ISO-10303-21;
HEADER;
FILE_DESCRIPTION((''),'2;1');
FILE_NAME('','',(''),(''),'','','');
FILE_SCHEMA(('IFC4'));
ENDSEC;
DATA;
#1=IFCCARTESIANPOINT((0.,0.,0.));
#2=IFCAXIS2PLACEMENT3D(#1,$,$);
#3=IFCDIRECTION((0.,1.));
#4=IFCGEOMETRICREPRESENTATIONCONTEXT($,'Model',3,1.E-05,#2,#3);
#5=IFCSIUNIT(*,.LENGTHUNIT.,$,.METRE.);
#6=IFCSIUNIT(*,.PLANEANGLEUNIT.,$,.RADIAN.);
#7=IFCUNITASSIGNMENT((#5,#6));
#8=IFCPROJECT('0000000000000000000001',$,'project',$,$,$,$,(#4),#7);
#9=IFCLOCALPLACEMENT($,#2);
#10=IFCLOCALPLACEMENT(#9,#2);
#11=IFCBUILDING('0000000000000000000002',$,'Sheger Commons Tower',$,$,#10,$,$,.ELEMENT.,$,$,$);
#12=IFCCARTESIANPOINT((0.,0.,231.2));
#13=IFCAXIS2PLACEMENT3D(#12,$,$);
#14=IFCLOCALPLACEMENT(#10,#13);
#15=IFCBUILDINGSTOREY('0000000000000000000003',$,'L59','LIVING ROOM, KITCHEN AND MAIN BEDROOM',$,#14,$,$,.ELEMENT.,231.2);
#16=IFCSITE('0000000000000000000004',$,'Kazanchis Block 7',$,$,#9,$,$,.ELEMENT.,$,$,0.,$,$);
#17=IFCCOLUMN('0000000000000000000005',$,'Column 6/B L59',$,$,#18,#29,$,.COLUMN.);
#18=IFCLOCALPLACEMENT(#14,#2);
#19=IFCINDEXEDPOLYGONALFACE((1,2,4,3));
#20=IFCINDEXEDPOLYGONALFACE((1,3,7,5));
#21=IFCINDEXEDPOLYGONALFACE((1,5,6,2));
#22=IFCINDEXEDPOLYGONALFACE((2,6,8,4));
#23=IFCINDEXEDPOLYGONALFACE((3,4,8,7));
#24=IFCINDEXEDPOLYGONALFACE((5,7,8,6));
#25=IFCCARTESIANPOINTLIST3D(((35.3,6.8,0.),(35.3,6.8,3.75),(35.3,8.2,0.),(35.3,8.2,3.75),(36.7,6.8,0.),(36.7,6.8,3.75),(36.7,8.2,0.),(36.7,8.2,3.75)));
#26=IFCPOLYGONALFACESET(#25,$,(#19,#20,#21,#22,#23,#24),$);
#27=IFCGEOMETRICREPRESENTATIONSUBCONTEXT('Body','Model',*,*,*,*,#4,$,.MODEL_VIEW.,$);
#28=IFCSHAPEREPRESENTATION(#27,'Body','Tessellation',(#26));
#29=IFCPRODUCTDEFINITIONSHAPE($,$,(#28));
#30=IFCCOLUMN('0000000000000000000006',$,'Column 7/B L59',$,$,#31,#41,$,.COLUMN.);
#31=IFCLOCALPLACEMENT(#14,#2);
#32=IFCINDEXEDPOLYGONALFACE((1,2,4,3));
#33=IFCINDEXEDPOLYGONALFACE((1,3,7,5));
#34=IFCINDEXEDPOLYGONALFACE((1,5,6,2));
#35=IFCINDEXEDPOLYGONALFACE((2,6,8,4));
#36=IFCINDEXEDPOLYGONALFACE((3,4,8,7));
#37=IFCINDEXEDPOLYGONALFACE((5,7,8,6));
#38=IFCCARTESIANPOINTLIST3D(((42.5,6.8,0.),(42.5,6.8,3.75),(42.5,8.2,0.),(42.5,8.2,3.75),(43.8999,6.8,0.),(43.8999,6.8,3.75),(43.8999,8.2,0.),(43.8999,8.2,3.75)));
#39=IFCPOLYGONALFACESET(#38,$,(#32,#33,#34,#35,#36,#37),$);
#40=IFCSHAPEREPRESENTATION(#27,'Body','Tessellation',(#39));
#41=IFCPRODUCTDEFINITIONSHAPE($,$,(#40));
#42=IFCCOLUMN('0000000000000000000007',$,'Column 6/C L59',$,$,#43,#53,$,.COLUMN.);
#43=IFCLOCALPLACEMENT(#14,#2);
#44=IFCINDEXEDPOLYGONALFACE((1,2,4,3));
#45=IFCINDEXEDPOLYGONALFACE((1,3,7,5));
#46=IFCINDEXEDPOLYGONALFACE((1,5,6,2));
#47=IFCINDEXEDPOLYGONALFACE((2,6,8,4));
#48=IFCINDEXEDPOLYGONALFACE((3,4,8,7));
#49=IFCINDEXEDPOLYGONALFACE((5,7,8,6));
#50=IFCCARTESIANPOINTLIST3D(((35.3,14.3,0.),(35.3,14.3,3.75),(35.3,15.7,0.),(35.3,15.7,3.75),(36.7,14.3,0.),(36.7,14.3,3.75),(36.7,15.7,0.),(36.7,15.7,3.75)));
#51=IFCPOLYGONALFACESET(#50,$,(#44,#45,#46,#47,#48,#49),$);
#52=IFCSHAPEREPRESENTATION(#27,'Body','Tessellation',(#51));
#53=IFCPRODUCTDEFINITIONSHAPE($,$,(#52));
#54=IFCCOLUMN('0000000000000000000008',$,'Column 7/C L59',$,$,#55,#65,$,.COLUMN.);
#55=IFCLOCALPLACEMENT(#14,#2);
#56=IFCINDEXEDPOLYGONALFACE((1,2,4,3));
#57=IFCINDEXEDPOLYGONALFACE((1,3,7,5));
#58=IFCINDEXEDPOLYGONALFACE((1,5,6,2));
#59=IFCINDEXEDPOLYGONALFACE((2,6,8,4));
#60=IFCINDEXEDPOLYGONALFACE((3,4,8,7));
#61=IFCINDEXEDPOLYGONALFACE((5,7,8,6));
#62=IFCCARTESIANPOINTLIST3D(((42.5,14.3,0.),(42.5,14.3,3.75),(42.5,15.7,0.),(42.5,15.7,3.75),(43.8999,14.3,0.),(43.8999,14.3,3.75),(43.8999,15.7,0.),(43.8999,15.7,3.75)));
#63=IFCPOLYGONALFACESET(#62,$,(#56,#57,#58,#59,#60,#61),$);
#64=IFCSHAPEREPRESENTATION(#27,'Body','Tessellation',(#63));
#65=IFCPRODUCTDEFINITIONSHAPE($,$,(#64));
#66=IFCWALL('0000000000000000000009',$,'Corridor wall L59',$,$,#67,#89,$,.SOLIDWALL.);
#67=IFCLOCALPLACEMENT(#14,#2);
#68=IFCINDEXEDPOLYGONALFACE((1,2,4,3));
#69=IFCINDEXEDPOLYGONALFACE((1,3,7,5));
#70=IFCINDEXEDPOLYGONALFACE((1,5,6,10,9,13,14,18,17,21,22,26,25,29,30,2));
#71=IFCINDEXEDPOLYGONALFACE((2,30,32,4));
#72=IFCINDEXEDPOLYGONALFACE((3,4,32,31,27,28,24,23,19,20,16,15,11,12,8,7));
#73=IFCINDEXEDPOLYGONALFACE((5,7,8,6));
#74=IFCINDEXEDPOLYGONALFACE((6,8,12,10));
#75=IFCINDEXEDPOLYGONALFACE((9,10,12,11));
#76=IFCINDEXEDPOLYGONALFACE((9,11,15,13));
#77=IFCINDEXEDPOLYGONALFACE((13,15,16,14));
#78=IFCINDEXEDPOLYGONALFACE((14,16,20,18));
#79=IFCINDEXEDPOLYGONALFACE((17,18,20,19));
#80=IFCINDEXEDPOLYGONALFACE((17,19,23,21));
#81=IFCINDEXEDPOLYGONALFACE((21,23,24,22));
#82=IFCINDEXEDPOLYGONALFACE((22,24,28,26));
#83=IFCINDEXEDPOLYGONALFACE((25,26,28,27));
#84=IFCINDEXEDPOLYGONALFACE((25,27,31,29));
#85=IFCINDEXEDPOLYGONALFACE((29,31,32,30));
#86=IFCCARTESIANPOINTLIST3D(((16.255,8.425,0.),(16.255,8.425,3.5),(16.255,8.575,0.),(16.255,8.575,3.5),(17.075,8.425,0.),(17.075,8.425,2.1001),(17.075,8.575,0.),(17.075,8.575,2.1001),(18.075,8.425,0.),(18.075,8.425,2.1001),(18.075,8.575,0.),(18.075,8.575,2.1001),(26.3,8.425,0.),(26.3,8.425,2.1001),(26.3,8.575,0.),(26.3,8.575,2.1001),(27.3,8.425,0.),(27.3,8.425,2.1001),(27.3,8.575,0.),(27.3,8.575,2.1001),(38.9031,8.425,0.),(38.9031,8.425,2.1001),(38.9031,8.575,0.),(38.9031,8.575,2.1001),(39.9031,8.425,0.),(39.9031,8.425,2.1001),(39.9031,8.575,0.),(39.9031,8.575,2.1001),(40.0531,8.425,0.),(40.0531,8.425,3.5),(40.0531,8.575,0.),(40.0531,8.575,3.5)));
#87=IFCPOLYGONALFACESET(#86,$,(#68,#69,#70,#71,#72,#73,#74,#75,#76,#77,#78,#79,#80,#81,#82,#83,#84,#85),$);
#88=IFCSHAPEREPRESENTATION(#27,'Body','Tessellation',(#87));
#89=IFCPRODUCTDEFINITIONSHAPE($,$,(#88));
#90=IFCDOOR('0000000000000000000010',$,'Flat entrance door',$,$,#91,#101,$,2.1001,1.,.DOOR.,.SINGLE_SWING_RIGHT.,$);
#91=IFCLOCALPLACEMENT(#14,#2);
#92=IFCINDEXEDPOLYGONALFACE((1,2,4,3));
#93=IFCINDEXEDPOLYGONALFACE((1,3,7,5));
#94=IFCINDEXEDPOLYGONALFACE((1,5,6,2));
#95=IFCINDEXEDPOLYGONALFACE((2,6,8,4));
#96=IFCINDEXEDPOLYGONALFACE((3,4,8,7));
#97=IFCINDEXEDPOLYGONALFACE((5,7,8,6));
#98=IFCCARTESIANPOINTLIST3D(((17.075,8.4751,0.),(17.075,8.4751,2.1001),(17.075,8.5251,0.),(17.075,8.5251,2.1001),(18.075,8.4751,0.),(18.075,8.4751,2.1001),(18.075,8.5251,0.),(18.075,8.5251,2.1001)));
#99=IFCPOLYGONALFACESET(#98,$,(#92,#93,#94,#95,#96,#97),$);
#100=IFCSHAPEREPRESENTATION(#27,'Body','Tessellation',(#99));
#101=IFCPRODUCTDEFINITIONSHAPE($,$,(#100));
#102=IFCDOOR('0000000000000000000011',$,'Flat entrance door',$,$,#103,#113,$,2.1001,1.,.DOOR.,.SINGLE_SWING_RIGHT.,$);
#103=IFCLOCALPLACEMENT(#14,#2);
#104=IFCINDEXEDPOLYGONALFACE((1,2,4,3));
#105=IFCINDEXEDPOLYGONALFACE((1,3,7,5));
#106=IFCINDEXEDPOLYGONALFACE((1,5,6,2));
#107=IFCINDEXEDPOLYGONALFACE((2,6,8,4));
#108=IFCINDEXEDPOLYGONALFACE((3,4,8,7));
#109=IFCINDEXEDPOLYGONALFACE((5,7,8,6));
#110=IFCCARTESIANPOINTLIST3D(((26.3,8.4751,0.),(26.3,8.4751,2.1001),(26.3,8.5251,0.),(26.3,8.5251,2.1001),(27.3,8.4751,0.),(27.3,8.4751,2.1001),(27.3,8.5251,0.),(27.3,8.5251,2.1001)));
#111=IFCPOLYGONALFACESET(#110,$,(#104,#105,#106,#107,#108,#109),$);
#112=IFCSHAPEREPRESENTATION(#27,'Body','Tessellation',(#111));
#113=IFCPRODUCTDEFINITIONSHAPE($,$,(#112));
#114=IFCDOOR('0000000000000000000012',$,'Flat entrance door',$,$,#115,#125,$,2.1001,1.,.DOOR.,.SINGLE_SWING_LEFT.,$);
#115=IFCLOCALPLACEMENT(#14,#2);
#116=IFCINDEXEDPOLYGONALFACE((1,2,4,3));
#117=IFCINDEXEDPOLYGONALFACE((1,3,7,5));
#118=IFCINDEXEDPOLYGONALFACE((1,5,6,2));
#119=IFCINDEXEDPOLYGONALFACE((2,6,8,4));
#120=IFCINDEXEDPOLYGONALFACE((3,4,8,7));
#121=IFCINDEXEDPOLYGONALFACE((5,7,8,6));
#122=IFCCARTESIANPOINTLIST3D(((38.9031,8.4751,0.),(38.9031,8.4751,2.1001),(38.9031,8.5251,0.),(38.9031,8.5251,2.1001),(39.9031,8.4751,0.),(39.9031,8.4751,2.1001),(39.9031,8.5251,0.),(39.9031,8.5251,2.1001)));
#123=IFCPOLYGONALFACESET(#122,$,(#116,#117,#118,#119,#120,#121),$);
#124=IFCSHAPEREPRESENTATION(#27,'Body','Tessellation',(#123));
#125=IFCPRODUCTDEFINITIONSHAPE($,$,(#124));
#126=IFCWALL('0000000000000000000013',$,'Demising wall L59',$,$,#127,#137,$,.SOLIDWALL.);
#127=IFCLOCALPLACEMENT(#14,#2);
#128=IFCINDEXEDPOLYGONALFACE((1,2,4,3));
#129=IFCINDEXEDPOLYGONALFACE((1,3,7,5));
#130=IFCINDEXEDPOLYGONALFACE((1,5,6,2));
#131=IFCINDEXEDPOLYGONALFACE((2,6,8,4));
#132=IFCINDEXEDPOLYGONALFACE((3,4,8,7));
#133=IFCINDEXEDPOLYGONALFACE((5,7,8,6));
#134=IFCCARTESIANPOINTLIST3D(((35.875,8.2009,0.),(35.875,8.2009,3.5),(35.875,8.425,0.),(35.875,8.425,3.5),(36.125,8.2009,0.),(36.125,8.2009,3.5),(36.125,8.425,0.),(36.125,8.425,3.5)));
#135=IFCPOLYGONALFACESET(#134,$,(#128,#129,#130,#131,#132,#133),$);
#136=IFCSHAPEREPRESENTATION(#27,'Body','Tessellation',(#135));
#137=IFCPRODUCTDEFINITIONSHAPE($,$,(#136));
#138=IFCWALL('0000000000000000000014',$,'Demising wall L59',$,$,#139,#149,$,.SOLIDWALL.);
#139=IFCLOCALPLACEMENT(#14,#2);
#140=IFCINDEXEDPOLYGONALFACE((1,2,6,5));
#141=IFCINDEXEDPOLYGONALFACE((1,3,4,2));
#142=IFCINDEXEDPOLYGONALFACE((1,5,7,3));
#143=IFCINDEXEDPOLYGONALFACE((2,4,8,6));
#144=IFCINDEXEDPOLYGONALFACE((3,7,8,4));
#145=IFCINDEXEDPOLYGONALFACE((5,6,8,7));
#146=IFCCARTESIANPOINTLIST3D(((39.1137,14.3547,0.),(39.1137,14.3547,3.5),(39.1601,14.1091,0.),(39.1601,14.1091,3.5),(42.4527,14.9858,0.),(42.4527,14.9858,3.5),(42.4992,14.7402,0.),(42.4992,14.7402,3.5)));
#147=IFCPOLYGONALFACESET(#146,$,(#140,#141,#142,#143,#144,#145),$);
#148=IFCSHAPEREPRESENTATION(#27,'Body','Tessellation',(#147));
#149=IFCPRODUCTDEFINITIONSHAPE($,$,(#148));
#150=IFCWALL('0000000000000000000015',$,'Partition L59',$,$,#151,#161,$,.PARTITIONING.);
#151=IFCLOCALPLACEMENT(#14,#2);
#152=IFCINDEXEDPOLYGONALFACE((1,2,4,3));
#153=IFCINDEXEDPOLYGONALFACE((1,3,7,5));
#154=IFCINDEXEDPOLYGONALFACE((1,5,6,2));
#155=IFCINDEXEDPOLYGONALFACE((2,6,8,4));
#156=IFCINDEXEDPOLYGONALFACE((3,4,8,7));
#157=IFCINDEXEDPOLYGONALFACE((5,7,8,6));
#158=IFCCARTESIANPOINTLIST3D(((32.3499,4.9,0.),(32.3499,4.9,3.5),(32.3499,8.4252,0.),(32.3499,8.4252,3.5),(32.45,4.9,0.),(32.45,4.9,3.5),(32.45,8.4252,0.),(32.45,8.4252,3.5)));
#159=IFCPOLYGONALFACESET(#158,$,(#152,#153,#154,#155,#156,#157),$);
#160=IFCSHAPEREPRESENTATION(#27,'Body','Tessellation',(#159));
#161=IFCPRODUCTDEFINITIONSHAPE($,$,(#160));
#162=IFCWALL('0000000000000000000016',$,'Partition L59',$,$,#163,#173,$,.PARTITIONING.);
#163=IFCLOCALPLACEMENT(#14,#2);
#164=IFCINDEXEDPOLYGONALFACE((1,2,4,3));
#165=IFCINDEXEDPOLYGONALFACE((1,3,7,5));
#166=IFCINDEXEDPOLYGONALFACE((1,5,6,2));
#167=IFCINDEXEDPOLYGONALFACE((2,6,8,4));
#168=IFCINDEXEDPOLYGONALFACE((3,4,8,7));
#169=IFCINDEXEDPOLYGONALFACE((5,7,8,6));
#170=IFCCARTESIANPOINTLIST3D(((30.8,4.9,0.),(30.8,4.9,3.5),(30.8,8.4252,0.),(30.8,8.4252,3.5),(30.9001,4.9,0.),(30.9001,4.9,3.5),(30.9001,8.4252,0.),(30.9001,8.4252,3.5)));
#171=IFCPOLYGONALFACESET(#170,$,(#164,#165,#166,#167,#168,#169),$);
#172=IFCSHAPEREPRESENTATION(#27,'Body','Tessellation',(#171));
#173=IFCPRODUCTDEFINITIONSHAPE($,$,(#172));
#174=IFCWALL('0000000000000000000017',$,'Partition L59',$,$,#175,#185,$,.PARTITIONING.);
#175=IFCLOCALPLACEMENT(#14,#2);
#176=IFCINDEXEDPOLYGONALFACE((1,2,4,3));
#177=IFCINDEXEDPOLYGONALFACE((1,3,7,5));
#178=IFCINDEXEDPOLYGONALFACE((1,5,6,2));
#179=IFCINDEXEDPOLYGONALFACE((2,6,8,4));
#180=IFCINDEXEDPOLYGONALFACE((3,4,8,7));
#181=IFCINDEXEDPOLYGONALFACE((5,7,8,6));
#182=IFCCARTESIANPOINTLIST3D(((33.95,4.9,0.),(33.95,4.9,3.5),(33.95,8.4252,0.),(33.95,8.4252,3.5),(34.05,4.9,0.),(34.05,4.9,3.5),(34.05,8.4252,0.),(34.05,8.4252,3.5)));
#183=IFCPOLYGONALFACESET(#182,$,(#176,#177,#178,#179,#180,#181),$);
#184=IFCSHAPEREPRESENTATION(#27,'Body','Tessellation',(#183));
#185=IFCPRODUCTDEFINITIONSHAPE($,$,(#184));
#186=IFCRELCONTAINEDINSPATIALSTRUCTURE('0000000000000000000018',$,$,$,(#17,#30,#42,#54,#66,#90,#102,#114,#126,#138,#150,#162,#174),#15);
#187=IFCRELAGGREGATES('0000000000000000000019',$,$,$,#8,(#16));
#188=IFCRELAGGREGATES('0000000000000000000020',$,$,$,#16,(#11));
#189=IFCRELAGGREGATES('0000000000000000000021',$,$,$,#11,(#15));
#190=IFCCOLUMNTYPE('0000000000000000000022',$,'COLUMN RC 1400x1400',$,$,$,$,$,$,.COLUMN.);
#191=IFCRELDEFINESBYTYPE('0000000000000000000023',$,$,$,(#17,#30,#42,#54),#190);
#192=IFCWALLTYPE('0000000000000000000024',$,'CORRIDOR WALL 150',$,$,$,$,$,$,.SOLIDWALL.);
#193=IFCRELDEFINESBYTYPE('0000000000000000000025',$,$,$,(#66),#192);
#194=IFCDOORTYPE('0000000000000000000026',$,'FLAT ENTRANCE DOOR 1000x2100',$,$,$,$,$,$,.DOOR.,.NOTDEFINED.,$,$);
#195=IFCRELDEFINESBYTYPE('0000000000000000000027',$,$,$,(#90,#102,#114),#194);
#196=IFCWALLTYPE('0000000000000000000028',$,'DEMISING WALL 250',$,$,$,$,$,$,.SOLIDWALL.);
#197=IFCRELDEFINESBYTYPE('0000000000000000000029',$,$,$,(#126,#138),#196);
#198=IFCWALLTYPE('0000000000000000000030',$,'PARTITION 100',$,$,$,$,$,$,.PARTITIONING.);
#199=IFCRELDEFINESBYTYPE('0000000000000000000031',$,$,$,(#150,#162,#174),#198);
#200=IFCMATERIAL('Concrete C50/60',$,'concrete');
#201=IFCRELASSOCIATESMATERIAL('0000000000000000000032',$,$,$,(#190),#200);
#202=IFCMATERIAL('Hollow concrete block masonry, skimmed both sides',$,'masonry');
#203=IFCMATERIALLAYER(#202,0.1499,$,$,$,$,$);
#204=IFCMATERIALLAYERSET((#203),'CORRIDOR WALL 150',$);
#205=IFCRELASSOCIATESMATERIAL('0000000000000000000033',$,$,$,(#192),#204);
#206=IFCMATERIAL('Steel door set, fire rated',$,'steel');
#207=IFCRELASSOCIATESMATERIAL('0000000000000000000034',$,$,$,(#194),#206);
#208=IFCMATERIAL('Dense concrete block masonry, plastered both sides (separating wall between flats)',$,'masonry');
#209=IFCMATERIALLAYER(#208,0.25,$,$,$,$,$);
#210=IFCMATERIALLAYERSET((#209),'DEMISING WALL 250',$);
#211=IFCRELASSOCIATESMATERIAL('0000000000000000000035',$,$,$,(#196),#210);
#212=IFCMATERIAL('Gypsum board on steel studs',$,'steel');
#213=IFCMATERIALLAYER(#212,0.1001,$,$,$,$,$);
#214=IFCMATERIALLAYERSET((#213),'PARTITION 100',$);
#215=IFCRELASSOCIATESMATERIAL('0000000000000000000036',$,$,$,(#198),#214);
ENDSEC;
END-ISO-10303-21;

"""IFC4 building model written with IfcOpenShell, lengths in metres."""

from ifc_helpers import new_model, si_unit, direction, frame, frame_2d, origin, origin_2d, place, context, subcontext, project, spatial, rectangle, extrude, material, layer, layer_set, material_profile, profile_set, type_object, element, fill, save


model = new_model("IFC4")

# Units and contexts
model_context = context("Model", 3, precision=1e-05, world=origin(), true_north=direction((0.0, 1.0)))
body_context = subcontext(model_context, "Body", "Model", "MODEL_VIEW")
ifc_project = project(units=[si_unit("LENGTHUNIT", "METRE"), si_unit("PLANEANGLEUNIT", "RADIAN")], contexts=[model_context])

# Site, building, storey
site_placement = place(None, origin())
site = spatial("IfcSite", under=ifc_project, at=site_placement, Name="Kazanchis Block 7", CompositionType="ELEMENT", RefElevation=0.0)
building_placement = place(site_placement, origin())
building = spatial("IfcBuilding", under=site, at=building_placement, Name="Sheger Commons Tower", CompositionType="ELEMENT")
storey_placement = place(building_placement, frame((0.0, 0.0, 231.2)))
storey = spatial("IfcBuildingStorey", under=building, at=storey_placement, Name="L59", Description="LIVING ROOM, KITCHEN AND MAIN BEDROOM", CompositionType="ELEMENT", Elevation=231.2)

# Columns
ifc_material_1 = material(Name="Concrete C50/60", Category="concrete")
ifc_material_profile = material_profile(ifc_material_1, rectangle(XDim=1.3999, YDim=1.3999, at=origin_2d()), Name="RC 1400x1400")
ifc_profile_set = profile_set([ifc_material_profile], Name="Concrete C50/60")
column_type = type_object("IfcColumnType", Name="COLUMN RC 1400x1400", PredefinedType="COLUMN", material=ifc_profile_set)
for number, where, z_axis, x_axis, name in (
    (1, (36.0, 7.5, 0.0), (0.0, 0.0, 1.0), (1.0, 0.0, 0.0), "Column 6/B L59"),
    (2, (43.2, 7.5, 0.0), (0.0, 0.0, 1.0), (1.0, 0.0, 0.0), "Column 7/B L59"),
    (3, (36.0, 15.0, 0.0), (0.0, 0.0, 1.0), (1.0, 0.0, 0.0), "Column 6/C L59"),
    (4, (43.2, 15.0, 0.0), (0.0, 0.0, 1.0), (1.0, 0.0, 0.0), "Column 7/C L59"),
):
    element("IfcColumn", number, at=place(storey_placement, frame(where, z_axis=z_axis, x_axis=x_axis)), inside=storey, type_object=column_type, Name=name, PredefinedType="COLUMN", context=body_context, shape_type="SweptSolid", body=[
        extrude(rectangle(XDim=1.3999, YDim=1.3999, at=origin_2d()), origin(), (0.0, 0.0, 1.0), 3.75),
    ])

# Wall, openings, doors
ifc_material_2 = material(Name="Hollow concrete block masonry, skimmed both sides", Category="masonry")
ifc_layer_1 = layer(ifc_material_2, 0.1499)
ifc_layer_set_1 = layer_set([ifc_layer_1], Name="CORRIDOR WALL 150")
wall_type_1 = type_object("IfcWallType", Name="CORRIDOR WALL 150", PredefinedType="SOLIDWALL", material=ifc_layer_set_1)
wall_1_placement = place(storey_placement, frame((40.053, 8.5, 0.0), z_axis=(0.0, 0.0, 1.0), x_axis=(-1.0, 0.0, 0.0)))
wall_1 = element("IfcWall", 5, at=wall_1_placement, inside=storey, type_object=wall_type_1, Name="Corridor wall L59", PredefinedType="SOLIDWALL", context=body_context, shape_type="SweptSolid", body=[
    extrude(rectangle(XDim=23.7981, YDim=0.1499, at=frame_2d((11.8989, 0.0))), origin(), (0.0, 0.0, 1.0), 3.5),
])
opening_1_placement = place(wall_1_placement, frame((21.978, 0.0, 0.0)))
opening_1 = element("IfcOpeningElement", 6, at=opening_1_placement, cuts=wall_1, PredefinedType="OPENING", context=body_context, shape_type="SweptSolid", body=[
    extrude(rectangle(XDim=1.0, YDim=2.1001, at=frame_2d((0.5, 1.05))), frame((0.0, 0.085, 0.0), z_axis=(0.0, -1.0, 0.0), x_axis=(1.0, 0.0, 0.0)), (0.0, 0.0, 1.0), 0.1699),
])
opening_2_placement = place(wall_1_placement, frame((12.7529, 0.0, 0.0)))
opening_2 = element("IfcOpeningElement", 7, at=opening_2_placement, cuts=wall_1, PredefinedType="OPENING", context=body_context, shape_type="SweptSolid", body=[
    extrude(rectangle(XDim=1.0, YDim=2.1001, at=frame_2d((0.5, 1.05))), frame((0.0, 0.085, 0.0), z_axis=(0.0, -1.0, 0.0), x_axis=(1.0, 0.0, 0.0)), (0.0, 0.0, 1.0), 0.1699),
])
opening_3_placement = place(wall_1_placement, frame((0.1499, 0.0, 0.0)))
opening_3 = element("IfcOpeningElement", 8, at=opening_3_placement, cuts=wall_1, PredefinedType="OPENING", context=body_context, shape_type="SweptSolid", body=[
    extrude(rectangle(XDim=1.0, YDim=2.1001, at=frame_2d((0.5, 1.05))), frame((0.0, 0.085, 0.0), z_axis=(0.0, -1.0, 0.0), x_axis=(1.0, 0.0, 0.0)), (0.0, 0.0, 1.0), 0.1699),
])
ifc_material_3 = material(Name="Steel door set, fire rated", Category="steel")
door_type_1 = type_object("IfcDoorType", Name="FLAT ENTRANCE DOOR 1000x2100", OperationType="NOTDEFINED", PredefinedType="DOOR", material=ifc_material_3)
door_1_placement = place(opening_1_placement, origin())
door_1 = element("IfcDoor", 9, at=door_1_placement, inside=storey, type_object=door_type_1, Name="Flat entrance door", OperationType="SINGLE_SWING_RIGHT", OverallHeight=2.1001, OverallWidth=1.0, PredefinedType="DOOR", context=body_context, shape_type="SweptSolid", body=[
    extrude(rectangle(XDim=1.0, YDim=2.1001, at=frame_2d((0.5, 1.05))), frame((0.0, 0.0249, 0.0), z_axis=(0.0, -1.0, 0.0), x_axis=(1.0, 0.0, 0.0)), (0.0, 0.0, 1.0), 0.05),
])
fill(opening_1, door_1)
door_2_placement = place(opening_2_placement, origin())
door_2 = element("IfcDoor", 10, at=door_2_placement, inside=storey, type_object=door_type_1, Name="Flat entrance door", OperationType="SINGLE_SWING_RIGHT", OverallHeight=2.1001, OverallWidth=1.0, PredefinedType="DOOR", context=body_context, shape_type="SweptSolid", body=[
    extrude(rectangle(XDim=1.0, YDim=2.1001, at=frame_2d((0.5, 1.05))), frame((0.0, 0.0249, 0.0), z_axis=(0.0, -1.0, 0.0), x_axis=(1.0, 0.0, 0.0)), (0.0, 0.0, 1.0), 0.05),
])
fill(opening_2, door_2)
door_3_placement = place(opening_3_placement, origin())
door_3 = element("IfcDoor", 11, at=door_3_placement, inside=storey, type_object=door_type_1, Name="Flat entrance door", OperationType="SINGLE_SWING_LEFT", OverallHeight=2.1001, OverallWidth=1.0, PredefinedType="DOOR", context=body_context, shape_type="SweptSolid", body=[
    extrude(rectangle(XDim=1.0, YDim=2.1001, at=frame_2d((0.5, 1.05))), frame((0.0, 0.0249, 0.0), z_axis=(0.0, -1.0, 0.0), x_axis=(1.0, 0.0, 0.0)), (0.0, 0.0, 1.0), 0.05),
])
fill(opening_3, door_3)

# Walls
ifc_material_4 = material(Name="Dense concrete block masonry, plastered both sides (separating wall between flats)", Category="masonry")
ifc_layer_2 = layer(ifc_material_4, 0.25)
ifc_layer_set_2 = layer_set([ifc_layer_2], Name="DEMISING WALL 250")
wall_type_2 = type_object("IfcWallType", Name="DEMISING WALL 250", PredefinedType="SOLIDWALL", material=ifc_layer_set_2)
wall_2_placement = place(storey_placement, frame((36.0, 8.2009, 0.0), z_axis=(0.0, 0.0, 1.0), x_axis=(0.0, 1.0, 0.0)))
element("IfcWall", 12, at=wall_2_placement, inside=storey, type_object=wall_type_2, Name="Demising wall L59", PredefinedType="SOLIDWALL", context=body_context, shape_type="SweptSolid", body=[
    extrude(rectangle(XDim=0.2241, YDim=0.25, at=frame_2d((0.1121, 0.0))), origin(), (0.0, 0.0, 1.0), 3.5),
])
wall_3_placement = place(storey_placement, frame((42.4761, 14.863, 0.0), z_axis=(0.0, 0.0, 1.0), x_axis=(-0.982604, -0.185715, 0.0)))
element("IfcWall", 13, at=wall_3_placement, inside=storey, type_object=wall_type_2, Name="Demising wall L59", PredefinedType="SOLIDWALL", context=body_context, shape_type="SweptSolid", body=[
    extrude(rectangle(XDim=3.3982, YDim=0.25, at=frame_2d((1.6992, 0.0))), origin(), (0.0, 0.0, 1.0), 3.5),
])
ifc_material_5 = material(Name="Gypsum board on steel studs", Category="steel")
ifc_layer_3 = layer(ifc_material_5, 0.1001)
ifc_layer_set_3 = layer_set([ifc_layer_3], Name="PARTITION 100")
wall_type_3 = type_object("IfcWallType", Name="PARTITION 100", PredefinedType="PARTITIONING", material=ifc_layer_set_3)
for number, where, z_axis, x_axis, name in (
    (14, (32.3999, 4.8999, 0.0), (0.0, 0.0, 1.0), (0.0, 1.0, 0.0), "Partition L59"),
    (15, (30.8501, 4.8999, 0.0), (0.0, 0.0, 1.0), (0.0, 1.0, 0.0), "Partition L59"),
    (16, (34.0, 4.8999, 0.0), (0.0, 0.0, 1.0), (0.0, 1.0, 0.0), "Partition L59"),
):
    element("IfcWall", number, at=place(storey_placement, frame(where, z_axis=z_axis, x_axis=x_axis)), inside=storey, type_object=wall_type_3, Name=name, PredefinedType="PARTITIONING", context=body_context, shape_type="SweptSolid", body=[
        extrude(rectangle(XDim=3.5251, YDim=0.1001, at=frame_2d((1.7627, 0.0))), origin(), (0.0, 0.0, 1.0), 3.5),
    ])

save(model, "model.ifc")
